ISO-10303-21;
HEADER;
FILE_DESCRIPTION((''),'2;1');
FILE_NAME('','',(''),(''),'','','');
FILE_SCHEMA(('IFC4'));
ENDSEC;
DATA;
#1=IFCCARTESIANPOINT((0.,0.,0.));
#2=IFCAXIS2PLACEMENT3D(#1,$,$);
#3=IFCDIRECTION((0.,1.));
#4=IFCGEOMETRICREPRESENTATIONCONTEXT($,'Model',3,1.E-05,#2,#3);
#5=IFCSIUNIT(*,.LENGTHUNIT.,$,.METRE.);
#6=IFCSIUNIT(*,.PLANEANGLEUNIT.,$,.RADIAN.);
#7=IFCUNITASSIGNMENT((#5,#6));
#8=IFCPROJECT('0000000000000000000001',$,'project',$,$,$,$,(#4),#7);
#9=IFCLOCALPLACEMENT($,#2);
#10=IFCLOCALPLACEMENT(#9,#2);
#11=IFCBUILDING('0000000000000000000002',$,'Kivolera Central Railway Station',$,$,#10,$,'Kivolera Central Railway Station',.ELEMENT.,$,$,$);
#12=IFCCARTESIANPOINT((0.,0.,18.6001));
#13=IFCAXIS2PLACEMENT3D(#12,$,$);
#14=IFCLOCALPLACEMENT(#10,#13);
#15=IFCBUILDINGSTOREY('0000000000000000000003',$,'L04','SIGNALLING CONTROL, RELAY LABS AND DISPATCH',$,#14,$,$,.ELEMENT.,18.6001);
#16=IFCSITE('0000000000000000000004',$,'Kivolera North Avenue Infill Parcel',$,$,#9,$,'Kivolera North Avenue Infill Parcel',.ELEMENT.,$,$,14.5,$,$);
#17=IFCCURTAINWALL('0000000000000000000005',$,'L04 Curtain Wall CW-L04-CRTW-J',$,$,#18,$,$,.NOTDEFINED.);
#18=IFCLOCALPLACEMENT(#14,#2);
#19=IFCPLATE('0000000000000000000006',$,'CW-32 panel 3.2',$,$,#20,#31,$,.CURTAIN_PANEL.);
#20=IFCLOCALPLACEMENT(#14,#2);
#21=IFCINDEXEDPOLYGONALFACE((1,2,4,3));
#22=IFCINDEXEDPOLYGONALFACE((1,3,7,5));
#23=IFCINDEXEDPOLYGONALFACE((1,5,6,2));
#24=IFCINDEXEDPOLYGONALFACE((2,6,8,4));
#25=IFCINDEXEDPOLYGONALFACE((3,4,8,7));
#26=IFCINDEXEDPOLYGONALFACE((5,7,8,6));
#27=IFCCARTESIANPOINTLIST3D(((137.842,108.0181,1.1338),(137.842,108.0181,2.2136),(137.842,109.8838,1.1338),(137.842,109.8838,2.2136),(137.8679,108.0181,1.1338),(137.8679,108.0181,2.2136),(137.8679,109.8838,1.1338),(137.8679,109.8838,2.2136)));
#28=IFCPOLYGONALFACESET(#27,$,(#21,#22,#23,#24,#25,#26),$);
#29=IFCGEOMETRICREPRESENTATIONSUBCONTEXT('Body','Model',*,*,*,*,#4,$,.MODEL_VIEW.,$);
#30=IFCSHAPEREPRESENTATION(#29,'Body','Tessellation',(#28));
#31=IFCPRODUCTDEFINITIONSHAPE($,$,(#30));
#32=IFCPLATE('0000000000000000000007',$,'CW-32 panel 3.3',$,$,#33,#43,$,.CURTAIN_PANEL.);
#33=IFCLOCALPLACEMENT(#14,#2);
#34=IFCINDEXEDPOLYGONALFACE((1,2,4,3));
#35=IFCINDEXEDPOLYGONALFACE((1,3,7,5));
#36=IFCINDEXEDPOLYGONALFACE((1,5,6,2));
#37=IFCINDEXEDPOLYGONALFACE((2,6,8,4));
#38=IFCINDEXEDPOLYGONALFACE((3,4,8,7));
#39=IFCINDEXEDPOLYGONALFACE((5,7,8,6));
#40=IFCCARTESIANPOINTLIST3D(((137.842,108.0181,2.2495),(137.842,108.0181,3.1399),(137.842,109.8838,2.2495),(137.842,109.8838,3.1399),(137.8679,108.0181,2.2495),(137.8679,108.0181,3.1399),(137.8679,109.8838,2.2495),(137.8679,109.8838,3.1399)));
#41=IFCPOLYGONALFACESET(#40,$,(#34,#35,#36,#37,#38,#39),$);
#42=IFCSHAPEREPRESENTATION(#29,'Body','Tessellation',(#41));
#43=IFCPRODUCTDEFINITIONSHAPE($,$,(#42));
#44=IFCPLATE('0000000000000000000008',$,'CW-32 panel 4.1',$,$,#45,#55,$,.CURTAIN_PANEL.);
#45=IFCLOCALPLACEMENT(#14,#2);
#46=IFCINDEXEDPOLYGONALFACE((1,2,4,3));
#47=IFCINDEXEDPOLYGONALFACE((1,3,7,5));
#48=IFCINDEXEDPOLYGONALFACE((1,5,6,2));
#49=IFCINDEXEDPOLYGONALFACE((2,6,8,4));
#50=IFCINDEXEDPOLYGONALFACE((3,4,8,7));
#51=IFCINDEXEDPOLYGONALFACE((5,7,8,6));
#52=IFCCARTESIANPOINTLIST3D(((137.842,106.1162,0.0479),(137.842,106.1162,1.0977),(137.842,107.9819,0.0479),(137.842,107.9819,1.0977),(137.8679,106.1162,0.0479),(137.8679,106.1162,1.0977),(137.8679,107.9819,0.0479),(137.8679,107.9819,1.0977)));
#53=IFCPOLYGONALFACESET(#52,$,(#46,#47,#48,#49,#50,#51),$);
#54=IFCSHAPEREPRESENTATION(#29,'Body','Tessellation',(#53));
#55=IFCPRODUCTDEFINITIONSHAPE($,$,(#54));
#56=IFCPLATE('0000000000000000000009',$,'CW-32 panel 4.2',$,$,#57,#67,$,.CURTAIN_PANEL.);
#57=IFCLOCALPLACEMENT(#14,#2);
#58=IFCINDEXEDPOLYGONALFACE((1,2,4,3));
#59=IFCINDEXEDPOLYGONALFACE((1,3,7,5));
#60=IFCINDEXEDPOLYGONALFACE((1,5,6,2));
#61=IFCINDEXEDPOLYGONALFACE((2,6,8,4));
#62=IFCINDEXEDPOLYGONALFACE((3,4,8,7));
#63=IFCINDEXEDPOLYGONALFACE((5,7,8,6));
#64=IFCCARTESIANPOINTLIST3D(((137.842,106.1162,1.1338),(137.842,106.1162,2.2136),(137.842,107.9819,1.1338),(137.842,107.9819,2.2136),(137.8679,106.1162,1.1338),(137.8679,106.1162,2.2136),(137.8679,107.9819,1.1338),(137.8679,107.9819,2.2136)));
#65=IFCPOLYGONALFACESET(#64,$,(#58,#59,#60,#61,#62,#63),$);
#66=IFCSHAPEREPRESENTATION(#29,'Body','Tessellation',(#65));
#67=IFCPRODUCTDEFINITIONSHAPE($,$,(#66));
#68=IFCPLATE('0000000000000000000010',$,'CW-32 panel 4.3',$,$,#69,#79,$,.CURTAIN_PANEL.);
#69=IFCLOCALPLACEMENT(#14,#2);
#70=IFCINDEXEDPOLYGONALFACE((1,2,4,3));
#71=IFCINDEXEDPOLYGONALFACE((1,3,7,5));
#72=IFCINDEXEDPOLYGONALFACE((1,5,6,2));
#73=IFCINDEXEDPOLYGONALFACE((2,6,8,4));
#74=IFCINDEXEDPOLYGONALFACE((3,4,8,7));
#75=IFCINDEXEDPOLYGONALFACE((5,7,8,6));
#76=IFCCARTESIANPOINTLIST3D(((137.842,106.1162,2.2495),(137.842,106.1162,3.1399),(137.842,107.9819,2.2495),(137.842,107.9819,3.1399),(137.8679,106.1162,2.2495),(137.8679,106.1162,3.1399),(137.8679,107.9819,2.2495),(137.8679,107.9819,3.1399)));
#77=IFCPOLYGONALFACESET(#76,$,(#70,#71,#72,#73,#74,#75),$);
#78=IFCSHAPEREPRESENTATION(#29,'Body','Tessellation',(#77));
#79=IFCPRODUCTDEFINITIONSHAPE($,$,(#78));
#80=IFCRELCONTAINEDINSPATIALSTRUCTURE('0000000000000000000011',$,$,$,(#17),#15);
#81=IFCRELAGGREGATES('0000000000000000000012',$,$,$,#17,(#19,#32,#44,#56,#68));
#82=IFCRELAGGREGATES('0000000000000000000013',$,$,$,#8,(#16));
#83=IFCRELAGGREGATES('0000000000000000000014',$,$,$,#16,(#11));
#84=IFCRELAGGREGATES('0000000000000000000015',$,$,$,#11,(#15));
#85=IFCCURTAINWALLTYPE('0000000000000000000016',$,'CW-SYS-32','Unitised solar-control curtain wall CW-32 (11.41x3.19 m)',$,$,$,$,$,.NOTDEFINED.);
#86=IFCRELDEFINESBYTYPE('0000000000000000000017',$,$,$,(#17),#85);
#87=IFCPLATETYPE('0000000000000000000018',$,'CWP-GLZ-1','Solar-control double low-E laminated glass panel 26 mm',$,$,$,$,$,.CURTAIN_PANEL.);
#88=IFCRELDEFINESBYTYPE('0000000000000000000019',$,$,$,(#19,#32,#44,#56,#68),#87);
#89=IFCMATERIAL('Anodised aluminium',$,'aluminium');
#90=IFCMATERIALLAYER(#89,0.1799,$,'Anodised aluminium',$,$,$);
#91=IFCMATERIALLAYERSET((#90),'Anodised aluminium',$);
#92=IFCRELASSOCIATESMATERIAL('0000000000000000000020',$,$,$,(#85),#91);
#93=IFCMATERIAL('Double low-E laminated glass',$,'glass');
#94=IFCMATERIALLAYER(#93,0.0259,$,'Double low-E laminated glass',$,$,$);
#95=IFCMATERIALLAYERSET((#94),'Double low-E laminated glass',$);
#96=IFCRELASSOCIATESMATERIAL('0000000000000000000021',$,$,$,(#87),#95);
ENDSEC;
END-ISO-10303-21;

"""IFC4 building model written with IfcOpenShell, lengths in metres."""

from ifc_helpers import new_model, si_unit, direction, frame, origin, origin_2d, place, context, subcontext, project, spatial, rectangle, extrude, material, layer, layer_set, type_object, element, aggregate, save


model = new_model("IFC4")

# Units and contexts
model_context = context("Model", 3, precision=1e-05, world=origin(), true_north=direction((0.0, 1.0)))
body_context = subcontext(model_context, "Body", "Model", "MODEL_VIEW")
ifc_project = project(units=[si_unit("LENGTHUNIT", "METRE"), si_unit("PLANEANGLEUNIT", "RADIAN")], contexts=[model_context])

# Site, building, storey
site_placement = place(None, origin())
site = spatial("IfcSite", under=ifc_project, at=site_placement, Name="Kivolera North Avenue Infill Parcel", LongName="Kivolera North Avenue Infill Parcel", CompositionType="ELEMENT", RefElevation=14.5)
building_placement = place(site_placement, origin())
building = spatial("IfcBuilding", under=site, at=building_placement, Name="Kivolera Central Railway Station", LongName="Kivolera Central Railway Station", CompositionType="ELEMENT")
storey_placement = place(building_placement, frame((0.0, 0.0, 18.6001)))
storey = spatial("IfcBuildingStorey", under=building, at=storey_placement, Name="L04", Description="SIGNALLING CONTROL, RELAY LABS AND DISPATCH", CompositionType="ELEMENT", Elevation=18.6001)

# Curtain wall, plates
ifc_material_1 = material(Name="Anodised aluminium", Category="aluminium")
ifc_layer_1 = layer(ifc_material_1, 0.1799, Name="Anodised aluminium")
ifc_layer_set_1 = layer_set([ifc_layer_1], Name="Anodised aluminium")
curtain_wall_type = type_object("IfcCurtainWallType", Name="CW-SYS-32", Description="Unitised solar-control curtain wall CW-32 (11.41x3.19 m)", PredefinedType="NOTDEFINED", material=ifc_layer_set_1)
curtain_wall_placement = place(storey_placement, origin())
curtain_wall = element("IfcCurtainWall", 1, at=curtain_wall_placement, inside=storey, type_object=curtain_wall_type, Name="L04 Curtain Wall CW-L04-CRTW-J", PredefinedType="NOTDEFINED")
ifc_material_2 = material(Name="Double low-E laminated glass", Category="glass")
ifc_layer_2 = layer(ifc_material_2, 0.0259, Name="Double low-E laminated glass")
ifc_layer_set_2 = layer_set([ifc_layer_2], Name="Double low-E laminated glass")
plate_type = type_object("IfcPlateType", Name="CWP-GLZ-1", Description="Solar-control double low-E laminated glass panel 26 mm", PredefinedType="CURTAIN_PANEL", material=ifc_layer_set_2)
plate_1_placement = place(storey_placement, frame((137.855, 108.9509, 1.1338), z_axis=(0.0, 0.0, 1.0), x_axis=(0.0, -1.0, 0.0)))
plate_1 = element("IfcPlate", 2, at=plate_1_placement, type_object=plate_type, Name="CW-32 panel 3.2", PredefinedType="CURTAIN_PANEL", context=body_context, shape_type="SweptSolid", body=[
    extrude(rectangle(XDim=1.8657, YDim=0.0259, at=origin_2d()), origin(), (0.0, 0.0, 1.0), 1.0798),
])
plate_2_placement = place(storey_placement, frame((137.855, 108.9509, 2.2495), z_axis=(0.0, 0.0, 1.0), x_axis=(0.0, -1.0, 0.0)))
plate_2 = element("IfcPlate", 3, at=plate_2_placement, type_object=plate_type, Name="CW-32 panel 3.3", PredefinedType="CURTAIN_PANEL", context=body_context, shape_type="SweptSolid", body=[
    extrude(rectangle(XDim=1.8657, YDim=0.0259, at=origin_2d()), origin(), (0.0, 0.0, 1.0), 0.8904),
])
plate_3_placement = place(storey_placement, frame((137.855, 107.0491, 0.0479), z_axis=(0.0, 0.0, 1.0), x_axis=(0.0, -1.0, 0.0)))
plate_3 = element("IfcPlate", 4, at=plate_3_placement, type_object=plate_type, Name="CW-32 panel 4.1", PredefinedType="CURTAIN_PANEL", context=body_context, shape_type="SweptSolid", body=[
    extrude(rectangle(XDim=1.8657, YDim=0.0259, at=origin_2d()), origin(), (0.0, 0.0, 1.0), 1.0498),
])
plate_4_placement = place(storey_placement, frame((137.855, 107.0491, 1.1338), z_axis=(0.0, 0.0, 1.0), x_axis=(0.0, -1.0, 0.0)))
plate_4 = element("IfcPlate", 5, at=plate_4_placement, type_object=plate_type, Name="CW-32 panel 4.2", PredefinedType="CURTAIN_PANEL", context=body_context, shape_type="SweptSolid", body=[
    extrude(rectangle(XDim=1.8657, YDim=0.0259, at=origin_2d()), origin(), (0.0, 0.0, 1.0), 1.0798),
])
plate_5_placement = place(storey_placement, frame((137.855, 107.0491, 2.2495), z_axis=(0.0, 0.0, 1.0), x_axis=(0.0, -1.0, 0.0)))
plate_5 = element("IfcPlate", 6, at=plate_5_placement, type_object=plate_type, Name="CW-32 panel 4.3", PredefinedType="CURTAIN_PANEL", context=body_context, shape_type="SweptSolid", body=[
    extrude(rectangle(XDim=1.8657, YDim=0.0259, at=origin_2d()), origin(), (0.0, 0.0, 1.0), 0.8904),
])
aggregate(curtain_wall, [plate_1, plate_2, plate_3, plate_4, plate_5])

save(model, "model.ifc")
